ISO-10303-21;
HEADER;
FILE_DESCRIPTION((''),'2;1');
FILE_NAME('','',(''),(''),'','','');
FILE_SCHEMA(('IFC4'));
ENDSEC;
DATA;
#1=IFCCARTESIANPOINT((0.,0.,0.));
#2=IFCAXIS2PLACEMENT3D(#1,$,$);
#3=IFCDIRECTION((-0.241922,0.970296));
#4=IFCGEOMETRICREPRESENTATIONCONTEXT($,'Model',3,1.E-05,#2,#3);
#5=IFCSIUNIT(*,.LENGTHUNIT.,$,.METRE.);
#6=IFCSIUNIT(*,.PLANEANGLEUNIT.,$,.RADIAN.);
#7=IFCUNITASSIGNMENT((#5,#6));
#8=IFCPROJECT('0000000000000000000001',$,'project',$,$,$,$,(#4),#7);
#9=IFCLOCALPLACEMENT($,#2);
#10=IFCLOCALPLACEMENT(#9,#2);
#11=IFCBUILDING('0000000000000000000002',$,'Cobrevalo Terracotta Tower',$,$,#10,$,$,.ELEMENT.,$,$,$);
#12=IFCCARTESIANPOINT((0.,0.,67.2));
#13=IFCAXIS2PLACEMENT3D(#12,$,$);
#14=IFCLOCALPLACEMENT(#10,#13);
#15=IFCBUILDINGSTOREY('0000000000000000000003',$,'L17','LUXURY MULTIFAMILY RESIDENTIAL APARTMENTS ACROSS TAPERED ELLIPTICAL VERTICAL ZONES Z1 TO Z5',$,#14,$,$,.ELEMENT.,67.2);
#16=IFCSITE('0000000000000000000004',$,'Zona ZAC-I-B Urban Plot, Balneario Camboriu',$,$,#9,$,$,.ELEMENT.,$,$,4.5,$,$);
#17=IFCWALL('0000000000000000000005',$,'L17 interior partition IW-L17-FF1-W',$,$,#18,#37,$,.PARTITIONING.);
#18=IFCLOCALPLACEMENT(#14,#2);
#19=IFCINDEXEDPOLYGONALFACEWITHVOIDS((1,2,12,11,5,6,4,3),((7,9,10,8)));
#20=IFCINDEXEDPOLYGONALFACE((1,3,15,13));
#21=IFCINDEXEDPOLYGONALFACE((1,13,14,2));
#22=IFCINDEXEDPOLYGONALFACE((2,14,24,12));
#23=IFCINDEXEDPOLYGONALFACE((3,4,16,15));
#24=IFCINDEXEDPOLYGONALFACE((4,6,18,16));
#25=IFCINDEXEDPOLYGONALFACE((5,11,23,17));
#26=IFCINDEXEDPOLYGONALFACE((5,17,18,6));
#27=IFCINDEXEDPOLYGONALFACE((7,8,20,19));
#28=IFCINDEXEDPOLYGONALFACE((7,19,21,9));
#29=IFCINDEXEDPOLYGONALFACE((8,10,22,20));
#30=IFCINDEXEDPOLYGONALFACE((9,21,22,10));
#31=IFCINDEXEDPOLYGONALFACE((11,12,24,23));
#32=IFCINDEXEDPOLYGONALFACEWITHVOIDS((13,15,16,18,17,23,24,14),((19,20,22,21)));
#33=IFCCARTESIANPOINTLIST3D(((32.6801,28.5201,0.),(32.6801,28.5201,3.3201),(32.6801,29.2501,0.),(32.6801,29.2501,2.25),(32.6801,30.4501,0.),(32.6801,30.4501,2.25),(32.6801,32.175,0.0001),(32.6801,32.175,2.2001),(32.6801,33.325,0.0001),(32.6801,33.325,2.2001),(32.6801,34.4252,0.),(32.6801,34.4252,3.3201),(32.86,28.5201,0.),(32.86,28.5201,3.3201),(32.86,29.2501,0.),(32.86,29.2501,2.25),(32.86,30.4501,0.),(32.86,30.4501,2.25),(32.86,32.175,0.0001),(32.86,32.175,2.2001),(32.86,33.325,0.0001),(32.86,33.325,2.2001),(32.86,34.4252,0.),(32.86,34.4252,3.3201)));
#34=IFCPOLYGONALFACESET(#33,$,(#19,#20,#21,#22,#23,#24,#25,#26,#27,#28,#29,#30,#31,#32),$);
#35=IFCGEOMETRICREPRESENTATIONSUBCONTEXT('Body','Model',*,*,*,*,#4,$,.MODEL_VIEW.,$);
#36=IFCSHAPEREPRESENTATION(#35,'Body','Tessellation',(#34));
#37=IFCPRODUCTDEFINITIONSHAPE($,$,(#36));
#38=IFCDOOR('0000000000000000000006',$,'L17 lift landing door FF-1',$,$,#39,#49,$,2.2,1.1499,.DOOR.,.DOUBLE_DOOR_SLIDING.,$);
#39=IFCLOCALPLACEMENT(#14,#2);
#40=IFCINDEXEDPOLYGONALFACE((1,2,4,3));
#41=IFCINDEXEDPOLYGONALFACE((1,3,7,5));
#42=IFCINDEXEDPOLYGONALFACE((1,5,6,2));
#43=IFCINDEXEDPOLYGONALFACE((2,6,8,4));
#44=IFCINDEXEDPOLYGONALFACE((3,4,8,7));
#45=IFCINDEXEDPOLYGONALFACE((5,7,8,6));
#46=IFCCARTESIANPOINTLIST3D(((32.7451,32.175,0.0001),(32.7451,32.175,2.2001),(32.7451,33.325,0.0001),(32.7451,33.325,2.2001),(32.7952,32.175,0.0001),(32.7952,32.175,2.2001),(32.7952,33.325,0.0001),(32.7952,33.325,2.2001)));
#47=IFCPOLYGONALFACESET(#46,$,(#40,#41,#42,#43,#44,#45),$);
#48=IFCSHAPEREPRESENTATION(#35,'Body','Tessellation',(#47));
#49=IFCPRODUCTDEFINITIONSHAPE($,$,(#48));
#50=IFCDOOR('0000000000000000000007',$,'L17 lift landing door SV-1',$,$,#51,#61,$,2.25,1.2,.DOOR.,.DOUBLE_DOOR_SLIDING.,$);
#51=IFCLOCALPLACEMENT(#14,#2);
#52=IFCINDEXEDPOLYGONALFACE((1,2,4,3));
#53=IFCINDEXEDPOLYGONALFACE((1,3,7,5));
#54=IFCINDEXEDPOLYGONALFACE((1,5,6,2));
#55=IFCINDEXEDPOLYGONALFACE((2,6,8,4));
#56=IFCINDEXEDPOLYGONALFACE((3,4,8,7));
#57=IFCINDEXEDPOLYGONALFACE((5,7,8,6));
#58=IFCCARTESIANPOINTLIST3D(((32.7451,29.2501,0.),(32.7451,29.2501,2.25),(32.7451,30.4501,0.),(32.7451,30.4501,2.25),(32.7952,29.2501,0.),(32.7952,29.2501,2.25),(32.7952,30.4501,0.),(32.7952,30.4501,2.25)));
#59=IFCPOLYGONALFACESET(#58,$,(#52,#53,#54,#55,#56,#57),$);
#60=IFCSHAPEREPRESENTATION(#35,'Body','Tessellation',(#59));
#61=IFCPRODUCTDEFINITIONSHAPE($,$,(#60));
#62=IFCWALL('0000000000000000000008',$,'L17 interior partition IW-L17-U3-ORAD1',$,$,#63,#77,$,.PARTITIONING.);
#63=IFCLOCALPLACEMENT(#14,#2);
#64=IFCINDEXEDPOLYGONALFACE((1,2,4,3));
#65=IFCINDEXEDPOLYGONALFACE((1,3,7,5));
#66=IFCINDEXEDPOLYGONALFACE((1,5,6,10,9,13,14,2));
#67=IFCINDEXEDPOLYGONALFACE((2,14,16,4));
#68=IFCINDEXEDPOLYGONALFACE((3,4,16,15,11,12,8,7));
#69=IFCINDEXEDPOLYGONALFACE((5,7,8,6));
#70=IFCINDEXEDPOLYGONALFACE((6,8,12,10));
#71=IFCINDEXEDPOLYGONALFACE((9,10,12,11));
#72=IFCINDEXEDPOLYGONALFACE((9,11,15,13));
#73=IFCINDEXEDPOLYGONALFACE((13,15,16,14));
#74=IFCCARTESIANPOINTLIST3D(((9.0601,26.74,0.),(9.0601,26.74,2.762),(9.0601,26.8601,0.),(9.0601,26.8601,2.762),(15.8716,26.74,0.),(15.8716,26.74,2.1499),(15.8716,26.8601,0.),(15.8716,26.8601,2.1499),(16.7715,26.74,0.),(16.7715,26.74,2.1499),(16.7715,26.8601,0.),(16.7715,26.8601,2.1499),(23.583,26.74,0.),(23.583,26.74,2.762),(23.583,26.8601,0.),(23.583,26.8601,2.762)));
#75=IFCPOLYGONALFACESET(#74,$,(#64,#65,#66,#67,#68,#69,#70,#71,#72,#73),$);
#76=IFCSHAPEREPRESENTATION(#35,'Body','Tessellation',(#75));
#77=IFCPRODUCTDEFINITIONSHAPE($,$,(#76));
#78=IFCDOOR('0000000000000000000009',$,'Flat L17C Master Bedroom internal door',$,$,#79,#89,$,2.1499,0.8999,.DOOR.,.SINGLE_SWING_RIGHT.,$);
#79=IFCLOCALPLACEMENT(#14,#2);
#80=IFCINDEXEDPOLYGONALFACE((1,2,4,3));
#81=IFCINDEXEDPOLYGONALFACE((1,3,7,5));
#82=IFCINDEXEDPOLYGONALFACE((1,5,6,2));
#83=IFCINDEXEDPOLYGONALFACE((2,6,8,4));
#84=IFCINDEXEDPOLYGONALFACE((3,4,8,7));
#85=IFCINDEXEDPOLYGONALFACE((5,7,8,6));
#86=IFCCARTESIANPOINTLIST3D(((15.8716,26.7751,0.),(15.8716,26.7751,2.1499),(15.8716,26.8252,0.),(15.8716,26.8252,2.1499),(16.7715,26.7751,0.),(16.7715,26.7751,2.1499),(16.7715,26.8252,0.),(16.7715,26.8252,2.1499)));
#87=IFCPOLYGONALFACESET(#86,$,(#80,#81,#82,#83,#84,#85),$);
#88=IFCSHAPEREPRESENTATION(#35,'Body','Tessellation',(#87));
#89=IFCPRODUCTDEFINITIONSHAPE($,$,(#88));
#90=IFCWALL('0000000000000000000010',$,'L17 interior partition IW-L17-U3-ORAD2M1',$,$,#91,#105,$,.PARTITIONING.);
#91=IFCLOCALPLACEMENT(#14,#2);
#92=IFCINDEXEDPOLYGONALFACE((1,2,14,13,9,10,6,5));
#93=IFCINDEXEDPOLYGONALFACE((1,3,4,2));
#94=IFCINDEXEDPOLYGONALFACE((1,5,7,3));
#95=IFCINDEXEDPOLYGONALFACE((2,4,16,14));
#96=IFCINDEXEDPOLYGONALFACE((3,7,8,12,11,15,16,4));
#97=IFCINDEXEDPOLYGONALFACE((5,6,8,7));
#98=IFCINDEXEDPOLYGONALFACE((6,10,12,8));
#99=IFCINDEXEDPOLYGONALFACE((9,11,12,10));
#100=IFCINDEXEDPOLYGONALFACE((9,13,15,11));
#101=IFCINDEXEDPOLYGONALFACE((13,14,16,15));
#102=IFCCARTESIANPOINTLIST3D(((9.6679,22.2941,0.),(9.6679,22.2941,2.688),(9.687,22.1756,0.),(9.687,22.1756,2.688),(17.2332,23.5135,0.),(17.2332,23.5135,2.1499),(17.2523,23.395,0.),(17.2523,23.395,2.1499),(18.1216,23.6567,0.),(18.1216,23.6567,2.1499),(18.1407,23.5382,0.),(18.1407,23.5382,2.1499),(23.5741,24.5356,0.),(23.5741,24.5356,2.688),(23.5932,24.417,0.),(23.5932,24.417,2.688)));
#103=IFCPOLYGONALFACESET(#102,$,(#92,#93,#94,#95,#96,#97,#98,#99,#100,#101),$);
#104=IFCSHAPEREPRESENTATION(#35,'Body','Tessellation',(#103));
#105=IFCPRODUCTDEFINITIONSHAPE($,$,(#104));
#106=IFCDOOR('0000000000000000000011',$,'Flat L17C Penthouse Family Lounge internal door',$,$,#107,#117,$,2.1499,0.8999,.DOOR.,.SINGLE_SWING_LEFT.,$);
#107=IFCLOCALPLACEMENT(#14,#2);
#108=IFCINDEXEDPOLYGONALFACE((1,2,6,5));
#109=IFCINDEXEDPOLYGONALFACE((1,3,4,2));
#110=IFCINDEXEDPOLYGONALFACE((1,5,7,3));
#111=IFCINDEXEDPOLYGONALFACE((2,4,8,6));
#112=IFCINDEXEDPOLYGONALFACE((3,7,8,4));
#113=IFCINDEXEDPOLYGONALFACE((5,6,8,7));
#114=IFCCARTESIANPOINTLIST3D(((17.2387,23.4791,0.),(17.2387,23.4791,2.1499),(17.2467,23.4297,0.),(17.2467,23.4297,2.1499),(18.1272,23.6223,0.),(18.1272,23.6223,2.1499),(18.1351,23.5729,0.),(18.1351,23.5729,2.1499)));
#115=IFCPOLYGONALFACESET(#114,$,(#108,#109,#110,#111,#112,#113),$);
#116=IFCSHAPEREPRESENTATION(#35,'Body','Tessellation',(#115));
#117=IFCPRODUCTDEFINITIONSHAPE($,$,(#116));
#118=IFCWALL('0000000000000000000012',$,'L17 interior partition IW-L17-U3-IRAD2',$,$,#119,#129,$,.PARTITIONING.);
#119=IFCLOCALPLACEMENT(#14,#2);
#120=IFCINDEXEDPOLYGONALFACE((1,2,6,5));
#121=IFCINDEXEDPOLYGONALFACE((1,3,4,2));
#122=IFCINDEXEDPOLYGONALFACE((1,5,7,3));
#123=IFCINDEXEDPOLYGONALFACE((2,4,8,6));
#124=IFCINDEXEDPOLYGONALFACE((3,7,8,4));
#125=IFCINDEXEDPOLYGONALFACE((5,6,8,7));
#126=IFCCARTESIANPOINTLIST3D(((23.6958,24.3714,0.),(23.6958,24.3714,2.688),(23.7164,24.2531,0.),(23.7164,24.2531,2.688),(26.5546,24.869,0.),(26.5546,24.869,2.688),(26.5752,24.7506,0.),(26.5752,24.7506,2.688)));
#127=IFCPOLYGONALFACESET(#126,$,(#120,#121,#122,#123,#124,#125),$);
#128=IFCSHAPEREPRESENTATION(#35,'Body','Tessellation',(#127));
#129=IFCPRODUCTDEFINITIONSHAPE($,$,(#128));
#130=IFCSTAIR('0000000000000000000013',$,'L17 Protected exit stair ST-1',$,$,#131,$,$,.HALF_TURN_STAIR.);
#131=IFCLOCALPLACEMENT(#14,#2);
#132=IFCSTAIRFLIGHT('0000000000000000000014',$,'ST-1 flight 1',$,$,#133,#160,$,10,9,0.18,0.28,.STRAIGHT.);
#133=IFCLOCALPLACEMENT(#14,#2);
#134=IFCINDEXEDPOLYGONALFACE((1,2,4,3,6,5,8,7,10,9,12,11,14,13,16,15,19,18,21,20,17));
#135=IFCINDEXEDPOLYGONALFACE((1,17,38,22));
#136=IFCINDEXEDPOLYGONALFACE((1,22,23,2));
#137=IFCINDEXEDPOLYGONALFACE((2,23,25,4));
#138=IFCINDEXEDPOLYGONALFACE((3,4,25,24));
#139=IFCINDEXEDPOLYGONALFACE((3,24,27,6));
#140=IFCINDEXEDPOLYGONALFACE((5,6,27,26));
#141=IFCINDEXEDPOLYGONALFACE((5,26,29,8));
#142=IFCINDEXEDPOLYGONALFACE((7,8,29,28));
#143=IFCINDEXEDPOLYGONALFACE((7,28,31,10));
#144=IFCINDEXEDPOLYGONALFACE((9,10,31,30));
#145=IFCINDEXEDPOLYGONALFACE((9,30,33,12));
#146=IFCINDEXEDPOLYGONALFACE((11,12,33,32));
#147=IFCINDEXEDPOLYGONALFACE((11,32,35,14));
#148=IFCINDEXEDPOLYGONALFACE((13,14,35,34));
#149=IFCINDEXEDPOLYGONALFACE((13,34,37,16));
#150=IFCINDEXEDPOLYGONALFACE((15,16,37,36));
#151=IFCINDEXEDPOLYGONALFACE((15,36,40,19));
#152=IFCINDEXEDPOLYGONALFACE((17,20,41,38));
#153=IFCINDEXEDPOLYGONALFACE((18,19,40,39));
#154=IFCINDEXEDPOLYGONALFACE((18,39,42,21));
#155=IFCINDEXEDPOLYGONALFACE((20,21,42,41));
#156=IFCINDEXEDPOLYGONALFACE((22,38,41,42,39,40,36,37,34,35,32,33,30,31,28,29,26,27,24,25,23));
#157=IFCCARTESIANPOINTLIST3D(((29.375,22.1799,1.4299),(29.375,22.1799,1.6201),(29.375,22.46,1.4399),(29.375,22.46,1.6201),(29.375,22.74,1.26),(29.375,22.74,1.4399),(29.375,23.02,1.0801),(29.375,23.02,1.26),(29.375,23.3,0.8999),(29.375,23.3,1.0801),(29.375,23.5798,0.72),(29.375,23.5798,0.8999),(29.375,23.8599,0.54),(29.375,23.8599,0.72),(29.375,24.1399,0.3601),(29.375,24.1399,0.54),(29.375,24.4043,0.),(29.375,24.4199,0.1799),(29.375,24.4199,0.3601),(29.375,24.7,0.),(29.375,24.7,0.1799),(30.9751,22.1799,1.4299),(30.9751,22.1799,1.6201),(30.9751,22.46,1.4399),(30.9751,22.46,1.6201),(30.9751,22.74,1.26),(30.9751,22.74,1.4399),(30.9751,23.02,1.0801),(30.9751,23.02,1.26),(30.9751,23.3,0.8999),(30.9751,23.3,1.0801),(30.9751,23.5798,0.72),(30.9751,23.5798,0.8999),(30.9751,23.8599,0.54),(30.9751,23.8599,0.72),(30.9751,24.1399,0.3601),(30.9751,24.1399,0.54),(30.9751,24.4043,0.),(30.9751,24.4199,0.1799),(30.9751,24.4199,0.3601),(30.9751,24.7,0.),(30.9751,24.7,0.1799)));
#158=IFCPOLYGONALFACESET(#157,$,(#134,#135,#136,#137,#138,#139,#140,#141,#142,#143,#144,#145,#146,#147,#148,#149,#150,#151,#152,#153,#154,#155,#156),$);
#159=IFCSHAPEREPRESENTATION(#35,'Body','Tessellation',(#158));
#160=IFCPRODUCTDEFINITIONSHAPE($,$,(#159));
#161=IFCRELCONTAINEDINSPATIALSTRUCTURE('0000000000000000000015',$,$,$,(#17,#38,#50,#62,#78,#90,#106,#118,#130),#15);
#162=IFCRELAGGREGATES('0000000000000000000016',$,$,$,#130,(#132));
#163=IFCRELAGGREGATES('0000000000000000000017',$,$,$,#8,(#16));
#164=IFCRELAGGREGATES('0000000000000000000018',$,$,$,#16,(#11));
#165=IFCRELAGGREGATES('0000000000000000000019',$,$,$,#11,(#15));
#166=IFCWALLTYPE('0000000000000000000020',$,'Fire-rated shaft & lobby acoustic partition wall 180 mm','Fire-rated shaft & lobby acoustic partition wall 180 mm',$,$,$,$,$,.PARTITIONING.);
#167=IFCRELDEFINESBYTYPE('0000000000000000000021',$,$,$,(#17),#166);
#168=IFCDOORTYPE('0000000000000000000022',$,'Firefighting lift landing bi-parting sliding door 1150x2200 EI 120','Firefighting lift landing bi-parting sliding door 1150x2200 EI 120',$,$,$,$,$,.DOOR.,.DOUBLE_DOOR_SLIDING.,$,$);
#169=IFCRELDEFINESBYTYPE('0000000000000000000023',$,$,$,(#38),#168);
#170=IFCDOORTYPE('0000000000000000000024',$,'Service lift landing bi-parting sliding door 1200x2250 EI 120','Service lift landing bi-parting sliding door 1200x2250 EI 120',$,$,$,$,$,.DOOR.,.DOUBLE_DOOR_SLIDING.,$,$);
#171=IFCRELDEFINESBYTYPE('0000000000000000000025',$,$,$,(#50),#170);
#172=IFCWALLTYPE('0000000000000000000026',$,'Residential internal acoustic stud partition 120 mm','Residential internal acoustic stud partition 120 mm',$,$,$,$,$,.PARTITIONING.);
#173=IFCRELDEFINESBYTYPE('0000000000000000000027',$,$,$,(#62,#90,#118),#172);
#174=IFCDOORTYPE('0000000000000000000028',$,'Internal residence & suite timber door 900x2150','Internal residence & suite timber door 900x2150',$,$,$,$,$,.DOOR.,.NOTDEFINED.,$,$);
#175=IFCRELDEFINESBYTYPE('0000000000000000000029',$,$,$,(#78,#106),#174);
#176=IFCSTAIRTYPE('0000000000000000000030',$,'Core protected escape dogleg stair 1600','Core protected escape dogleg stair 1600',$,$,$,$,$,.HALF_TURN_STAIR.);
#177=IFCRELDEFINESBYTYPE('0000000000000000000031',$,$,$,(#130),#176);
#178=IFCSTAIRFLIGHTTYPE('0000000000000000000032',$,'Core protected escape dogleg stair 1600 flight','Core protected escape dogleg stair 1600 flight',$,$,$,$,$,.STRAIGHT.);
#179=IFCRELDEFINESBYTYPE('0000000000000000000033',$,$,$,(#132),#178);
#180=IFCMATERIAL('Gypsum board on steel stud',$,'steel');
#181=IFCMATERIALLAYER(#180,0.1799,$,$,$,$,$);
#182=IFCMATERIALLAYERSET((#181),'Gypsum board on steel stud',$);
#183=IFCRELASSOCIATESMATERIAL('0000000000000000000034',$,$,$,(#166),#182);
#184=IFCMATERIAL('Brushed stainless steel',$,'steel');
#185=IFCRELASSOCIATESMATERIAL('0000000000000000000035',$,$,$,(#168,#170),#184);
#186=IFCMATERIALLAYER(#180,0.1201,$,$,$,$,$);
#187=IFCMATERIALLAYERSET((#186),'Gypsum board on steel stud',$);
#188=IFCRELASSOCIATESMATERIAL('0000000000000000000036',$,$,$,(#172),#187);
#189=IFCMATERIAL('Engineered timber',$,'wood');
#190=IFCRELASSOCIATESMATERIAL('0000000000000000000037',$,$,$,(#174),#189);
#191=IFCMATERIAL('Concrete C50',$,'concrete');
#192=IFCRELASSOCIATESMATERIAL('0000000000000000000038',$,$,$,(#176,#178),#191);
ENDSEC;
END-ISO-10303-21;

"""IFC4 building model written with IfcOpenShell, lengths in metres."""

from ifc_helpers import new_model, si_unit, direction, frame, frame_2d, origin, place, context, subcontext, project, spatial, polyline, rectangle, outline, extrude, source, transform, mapped, material, layer, layer_set, type_object, element, fill, aggregate, save


model = new_model("IFC4")

# Units and contexts
model_context = context("Model", 3, precision=1e-05, world=origin(), true_north=direction((-0.241922, 0.970296)))
body_context = subcontext(model_context, "Body", "Model", "MODEL_VIEW")
ifc_project = project(units=[si_unit("LENGTHUNIT", "METRE"), si_unit("PLANEANGLEUNIT", "RADIAN")], contexts=[model_context])

# Site, building, storey
site_placement = place(None, origin())
site = spatial("IfcSite", under=ifc_project, at=site_placement, Name="Zona ZAC-I-B Urban Plot, Balneario Camboriu", CompositionType="ELEMENT", RefElevation=4.5)
building_placement = place(site_placement, origin())
building = spatial("IfcBuilding", under=site, at=building_placement, Name="Cobrevalo Terracotta Tower", CompositionType="ELEMENT")
storey_placement = place(building_placement, frame((0.0, 0.0, 67.2)))
storey = spatial("IfcBuildingStorey", under=building, at=storey_placement, Name="L17", Description="LUXURY MULTIFAMILY RESIDENTIAL APARTMENTS ACROSS TAPERED ELLIPTICAL VERTICAL ZONES Z1 TO Z5", CompositionType="ELEMENT", Elevation=67.2)

# Shared definitions
ifc_material_1 = material(Name="Gypsum board on steel stud", Category="steel")

# Shared definitions
ifc_layer_1 = layer(ifc_material_1, 0.1799)
ifc_layer_set_1 = layer_set([ifc_layer_1], Name="Gypsum board on steel stud")
wall_type_1 = type_object("IfcWallType", Name="Fire-rated shaft & lobby acoustic partition wall 180 mm", Description="Fire-rated shaft & lobby acoustic partition wall 180 mm", PredefinedType="PARTITIONING", material=ifc_layer_set_1)

# Wall, openings, doors
wall_1_placement = place(storey_placement, frame((32.77, 28.52, 0.0), z_axis=(0.0, 0.0, 1.0), x_axis=(0.0, 1.0, 0.0)))
wall_1 = element("IfcWall", 1, at=wall_1_placement, inside=storey, type_object=wall_type_1, Name="L17 interior partition IW-L17-FF1-W", PredefinedType="PARTITIONING", context=body_context, shape_type="SweptSolid", body=[
    extrude(rectangle(XDim=5.905, YDim=0.1799, at=frame_2d((2.9526, 0.0))), origin(), (0.0, 0.0, 1.0), 3.3201),
])
opening_1_placement = place(wall_1_placement, frame((3.655, 0.0, 0.0)))
opening_1 = element("IfcOpeningElement", 2, at=opening_1_placement, cuts=wall_1, PredefinedType="OPENING", context=body_context, shape_type="SweptSolid", body=[
    extrude(rectangle(XDim=1.1499, YDim=2.2, at=frame_2d((0.575, 1.1001))), frame((0.0, 0.1001, 0.0), z_axis=(0.0, -1.0, 0.0), x_axis=(1.0, 0.0, 0.0)), (0.0, 0.0, 1.0), 0.2),
])
opening_2_placement = place(wall_1_placement, frame((0.73, 0.0, 0.0)))
opening_2 = element("IfcOpeningElement", 3, at=opening_2_placement, cuts=wall_1, PredefinedType="OPENING", context=body_context, shape_type="SweptSolid", body=[
    extrude(rectangle(XDim=1.2, YDim=2.25, at=frame_2d((0.6001, 1.125))), frame((0.0, 0.1001, 0.0), z_axis=(0.0, -1.0, 0.0), x_axis=(1.0, 0.0, 0.0)), (0.0, 0.0, 1.0), 0.2),
])
ifc_material_2 = material(Name="Brushed stainless steel", Category="steel")
door_type_1 = type_object("IfcDoorType", Name="Firefighting lift landing bi-parting sliding door 1150x2200 EI 120", Description="Firefighting lift landing bi-parting sliding door 1150x2200 EI 120", OperationType="DOUBLE_DOOR_SLIDING", PredefinedType="DOOR", material=ifc_material_2)
shared_shape_1 = source(origin(), body_context, "Body", "SweptSolid", [
    extrude(rectangle(XDim=1.1499, YDim=2.2, at=frame_2d((0.575, 1.1001))), frame((0.0, 0.0249, 0.0), z_axis=(0.0, -1.0, 0.0), x_axis=(1.0, 0.0, 0.0)), (0.0, 0.0, 1.0), 0.05),
])
door_1_placement = place(opening_1_placement, origin())
door_1 = element("IfcDoor", 4, at=door_1_placement, inside=storey, type_object=door_type_1, Name="L17 lift landing door FF-1", OperationType="DOUBLE_DOOR_SLIDING", OverallHeight=2.2, OverallWidth=1.1499, PredefinedType="DOOR", context=body_context, shape_type="MappedRepresentation", body=[
    mapped(shared_shape_1, transform((0.0, 0.0, 0.0), scale=1.0)),
])
fill(opening_1, door_1)
door_type_2 = type_object("IfcDoorType", Name="Service lift landing bi-parting sliding door 1200x2250 EI 120", Description="Service lift landing bi-parting sliding door 1200x2250 EI 120", OperationType="DOUBLE_DOOR_SLIDING", PredefinedType="DOOR", material=ifc_material_2)
shared_shape_2 = source(origin(), body_context, "Body", "SweptSolid", [
    extrude(rectangle(XDim=1.2, YDim=2.25, at=frame_2d((0.6001, 1.125))), frame((0.0, 0.0249, 0.0), z_axis=(0.0, -1.0, 0.0), x_axis=(1.0, 0.0, 0.0)), (0.0, 0.0, 1.0), 0.05),
])
door_2_placement = place(opening_2_placement, origin())
door_2 = element("IfcDoor", 5, at=door_2_placement, inside=storey, type_object=door_type_2, Name="L17 lift landing door SV-1", OperationType="DOUBLE_DOOR_SLIDING", OverallHeight=2.25, OverallWidth=1.2, PredefinedType="DOOR", context=body_context, shape_type="MappedRepresentation", body=[
    mapped(shared_shape_2, transform((0.0, 0.0, 0.0), scale=1.0)),
])
fill(opening_2, door_2)

# Walls, openings, doors
ifc_layer_2 = layer(ifc_material_1, 0.1201)
ifc_layer_set_2 = layer_set([ifc_layer_2], Name="Gypsum board on steel stud")
wall_type_2 = type_object("IfcWallType", Name="Residential internal acoustic stud partition 120 mm", Description="Residential internal acoustic stud partition 120 mm", PredefinedType="PARTITIONING", material=ifc_layer_set_2)
wall_2_placement = place(storey_placement, frame((23.583, 26.8, 0.0), z_axis=(0.0, 0.0, 1.0), x_axis=(-1.0, 0.0, 0.0)))
wall_2 = element("IfcWall", 6, at=wall_2_placement, inside=storey, type_object=wall_type_2, Name="L17 interior partition IW-L17-U3-ORAD1", PredefinedType="PARTITIONING", context=body_context, shape_type="SweptSolid", body=[
    extrude(rectangle(XDim=14.5229, YDim=0.1201, at=frame_2d((7.2615, 0.0))), origin(), (0.0, 0.0, 1.0), 2.762),
])
opening_3_placement = place(wall_2_placement, frame((6.8115, 0.0, 0.0)))
opening_3 = element("IfcOpeningElement", 7, at=opening_3_placement, cuts=wall_2, PredefinedType="OPENING", context=body_context, shape_type="SweptSolid", body=[
    extrude(rectangle(XDim=0.8999, YDim=2.1499, at=frame_2d((0.45, 1.075))), frame((0.0, 0.0701, 0.0), z_axis=(0.0, -1.0, 0.0), x_axis=(1.0, 0.0, 0.0)), (0.0, 0.0, 1.0), 0.1401),
])
ifc_material_3 = material(Name="Engineered timber", Category="wood")
door_type_3 = type_object("IfcDoorType", Name="Internal residence & suite timber door 900x2150", Description="Internal residence & suite timber door 900x2150", OperationType="NOTDEFINED", PredefinedType="DOOR", material=ifc_material_3)
shared_shape_3 = source(origin(), body_context, "Body", "SweptSolid", [
    extrude(rectangle(XDim=0.8999, YDim=2.1499, at=frame_2d((0.45, 1.075))), frame((0.0, 0.0249, 0.0), z_axis=(0.0, -1.0, 0.0), x_axis=(1.0, 0.0, 0.0)), (0.0, 0.0, 1.0), 0.05),
])
door_3_placement = place(opening_3_placement, origin())
door_3 = element("IfcDoor", 8, at=door_3_placement, inside=storey, type_object=door_type_3, Name="Flat L17C Master Bedroom internal door", OperationType="SINGLE_SWING_RIGHT", OverallHeight=2.1499, OverallWidth=0.8999, PredefinedType="DOOR", context=body_context, shape_type="MappedRepresentation", body=[
    mapped(shared_shape_3, transform((0.0, 0.0, 0.0), scale=1.0)),
])
fill(opening_3, door_3)
wall_3_placement = place(storey_placement, frame((23.5837, 24.4763, 0.0), z_axis=(0.0, 0.0, 1.0), x_axis=(-0.987258, -0.159129, 0.0)))
wall_3 = element("IfcWall", 9, at=wall_3_placement, inside=storey, type_object=wall_type_2, Name="L17 interior partition IW-L17-U3-ORAD2M1", PredefinedType="PARTITIONING", context=body_context, shape_type="SweptSolid", body=[
    extrude(rectangle(XDim=14.0857, YDim=0.1201, at=frame_2d((7.043, 0.0))), origin(), (0.0, 0.0, 1.0), 2.688),
])
opening_4_placement = place(wall_3_placement, frame((5.5229, 0.0, 0.0)))
opening_4 = element("IfcOpeningElement", 10, at=opening_4_placement, cuts=wall_3, PredefinedType="OPENING", context=body_context, shape_type="SweptSolid", body=[
    extrude(rectangle(XDim=0.8999, YDim=2.1499, at=frame_2d((0.45, 1.075))), frame((0.0, 0.0701, 0.0), z_axis=(0.0, -1.0, 0.0), x_axis=(1.0, 0.0, 0.0)), (0.0, 0.0, 1.0), 0.1401),
])
door_4_placement = place(opening_4_placement, origin())
door_4 = element("IfcDoor", 11, at=door_4_placement, inside=storey, type_object=door_type_3, Name="Flat L17C Penthouse Family Lounge internal door", OperationType="SINGLE_SWING_LEFT", OverallHeight=2.1499, OverallWidth=0.8999, PredefinedType="DOOR", context=body_context, shape_type="MappedRepresentation", body=[
    mapped(shared_shape_3, transform((0.0, 0.0, 0.0), scale=1.0)),
])
fill(opening_4, door_4)

# Wall
wall_4_placement = place(storey_placement, frame((26.5649, 24.8098, 0.0), z_axis=(0.0, 0.0, 1.0), x_axis=(-0.985191, -0.171462, 0.0)))
element("IfcWall", 12, at=wall_4_placement, inside=storey, type_object=wall_type_2, Name="L17 interior partition IW-L17-U3-IRAD2", PredefinedType="PARTITIONING", context=body_context, shape_type="SweptSolid", body=[
    extrude(rectangle(XDim=2.9019, YDim=0.1201, at=frame_2d((1.4509, 0.0))), origin(), (0.0, 0.0, 1.0), 2.688),
])

# Shared definitions
ifc_material_4 = material(Name="Concrete C50", Category="concrete")

# Stair, stair flight
stair_type = type_object("IfcStairType", Name="Core protected escape dogleg stair 1600", Description="Core protected escape dogleg stair 1600", PredefinedType="HALF_TURN_STAIR", material=ifc_material_4)
stair_placement = place(storey_placement, origin())
stair = element("IfcStair", 13, at=stair_placement, inside=storey, type_object=stair_type, Name="L17 Protected exit stair ST-1", PredefinedType="HALF_TURN_STAIR")
stair_flight_type = type_object("IfcStairFlightType", Name="Core protected escape dogleg stair 1600 flight", Description="Core protected escape dogleg stair 1600 flight", PredefinedType="STRAIGHT", material=ifc_material_4)
stair_flight_placement = place(storey_placement, frame((30.175, 24.7, 0.0), z_axis=(0.0, 0.0, 1.0), x_axis=(0.0, -1.0, 0.0)))
stair_flight = element("IfcStairFlight", 14, at=stair_flight_placement, type_object=stair_flight_type, Name="ST-1 flight 1", NumberOfRisers=10, NumberOfTreads=9, PredefinedType="STRAIGHT", RiserHeight=0.18, TreadLength=0.28, context=body_context, shape_type="SweptSolid", body=[
    extrude(outline(polyline([(0.0, 0.0), (0.0, 0.1799), (0.28, 0.1799), (0.28, 0.3601), (0.5601, 0.3601), (0.5601, 0.54), (0.8401, 0.54), (0.8401, 0.72), (1.1201, 0.72), (1.1201, 0.8999), (1.3999, 0.8999), (1.3999, 1.0801), (1.6799, 1.0801), (1.6799, 1.26), (1.96, 1.26), (1.96, 1.4399), (2.24, 1.4399), (2.24, 1.6201), (2.52, 1.6201), (2.52, 1.8), (2.52, 1.4299), (0.2957, 0.0), (0.0, 0.0)])), frame((0.0, 0.8, 0.0), z_axis=(0.0, -1.0, 0.0), x_axis=(1.0, 0.0, 0.0)), (0.0, 0.0, 1.0), 1.6001),
])
aggregate(stair, [stair_flight])

save(model, "model.ifc")
